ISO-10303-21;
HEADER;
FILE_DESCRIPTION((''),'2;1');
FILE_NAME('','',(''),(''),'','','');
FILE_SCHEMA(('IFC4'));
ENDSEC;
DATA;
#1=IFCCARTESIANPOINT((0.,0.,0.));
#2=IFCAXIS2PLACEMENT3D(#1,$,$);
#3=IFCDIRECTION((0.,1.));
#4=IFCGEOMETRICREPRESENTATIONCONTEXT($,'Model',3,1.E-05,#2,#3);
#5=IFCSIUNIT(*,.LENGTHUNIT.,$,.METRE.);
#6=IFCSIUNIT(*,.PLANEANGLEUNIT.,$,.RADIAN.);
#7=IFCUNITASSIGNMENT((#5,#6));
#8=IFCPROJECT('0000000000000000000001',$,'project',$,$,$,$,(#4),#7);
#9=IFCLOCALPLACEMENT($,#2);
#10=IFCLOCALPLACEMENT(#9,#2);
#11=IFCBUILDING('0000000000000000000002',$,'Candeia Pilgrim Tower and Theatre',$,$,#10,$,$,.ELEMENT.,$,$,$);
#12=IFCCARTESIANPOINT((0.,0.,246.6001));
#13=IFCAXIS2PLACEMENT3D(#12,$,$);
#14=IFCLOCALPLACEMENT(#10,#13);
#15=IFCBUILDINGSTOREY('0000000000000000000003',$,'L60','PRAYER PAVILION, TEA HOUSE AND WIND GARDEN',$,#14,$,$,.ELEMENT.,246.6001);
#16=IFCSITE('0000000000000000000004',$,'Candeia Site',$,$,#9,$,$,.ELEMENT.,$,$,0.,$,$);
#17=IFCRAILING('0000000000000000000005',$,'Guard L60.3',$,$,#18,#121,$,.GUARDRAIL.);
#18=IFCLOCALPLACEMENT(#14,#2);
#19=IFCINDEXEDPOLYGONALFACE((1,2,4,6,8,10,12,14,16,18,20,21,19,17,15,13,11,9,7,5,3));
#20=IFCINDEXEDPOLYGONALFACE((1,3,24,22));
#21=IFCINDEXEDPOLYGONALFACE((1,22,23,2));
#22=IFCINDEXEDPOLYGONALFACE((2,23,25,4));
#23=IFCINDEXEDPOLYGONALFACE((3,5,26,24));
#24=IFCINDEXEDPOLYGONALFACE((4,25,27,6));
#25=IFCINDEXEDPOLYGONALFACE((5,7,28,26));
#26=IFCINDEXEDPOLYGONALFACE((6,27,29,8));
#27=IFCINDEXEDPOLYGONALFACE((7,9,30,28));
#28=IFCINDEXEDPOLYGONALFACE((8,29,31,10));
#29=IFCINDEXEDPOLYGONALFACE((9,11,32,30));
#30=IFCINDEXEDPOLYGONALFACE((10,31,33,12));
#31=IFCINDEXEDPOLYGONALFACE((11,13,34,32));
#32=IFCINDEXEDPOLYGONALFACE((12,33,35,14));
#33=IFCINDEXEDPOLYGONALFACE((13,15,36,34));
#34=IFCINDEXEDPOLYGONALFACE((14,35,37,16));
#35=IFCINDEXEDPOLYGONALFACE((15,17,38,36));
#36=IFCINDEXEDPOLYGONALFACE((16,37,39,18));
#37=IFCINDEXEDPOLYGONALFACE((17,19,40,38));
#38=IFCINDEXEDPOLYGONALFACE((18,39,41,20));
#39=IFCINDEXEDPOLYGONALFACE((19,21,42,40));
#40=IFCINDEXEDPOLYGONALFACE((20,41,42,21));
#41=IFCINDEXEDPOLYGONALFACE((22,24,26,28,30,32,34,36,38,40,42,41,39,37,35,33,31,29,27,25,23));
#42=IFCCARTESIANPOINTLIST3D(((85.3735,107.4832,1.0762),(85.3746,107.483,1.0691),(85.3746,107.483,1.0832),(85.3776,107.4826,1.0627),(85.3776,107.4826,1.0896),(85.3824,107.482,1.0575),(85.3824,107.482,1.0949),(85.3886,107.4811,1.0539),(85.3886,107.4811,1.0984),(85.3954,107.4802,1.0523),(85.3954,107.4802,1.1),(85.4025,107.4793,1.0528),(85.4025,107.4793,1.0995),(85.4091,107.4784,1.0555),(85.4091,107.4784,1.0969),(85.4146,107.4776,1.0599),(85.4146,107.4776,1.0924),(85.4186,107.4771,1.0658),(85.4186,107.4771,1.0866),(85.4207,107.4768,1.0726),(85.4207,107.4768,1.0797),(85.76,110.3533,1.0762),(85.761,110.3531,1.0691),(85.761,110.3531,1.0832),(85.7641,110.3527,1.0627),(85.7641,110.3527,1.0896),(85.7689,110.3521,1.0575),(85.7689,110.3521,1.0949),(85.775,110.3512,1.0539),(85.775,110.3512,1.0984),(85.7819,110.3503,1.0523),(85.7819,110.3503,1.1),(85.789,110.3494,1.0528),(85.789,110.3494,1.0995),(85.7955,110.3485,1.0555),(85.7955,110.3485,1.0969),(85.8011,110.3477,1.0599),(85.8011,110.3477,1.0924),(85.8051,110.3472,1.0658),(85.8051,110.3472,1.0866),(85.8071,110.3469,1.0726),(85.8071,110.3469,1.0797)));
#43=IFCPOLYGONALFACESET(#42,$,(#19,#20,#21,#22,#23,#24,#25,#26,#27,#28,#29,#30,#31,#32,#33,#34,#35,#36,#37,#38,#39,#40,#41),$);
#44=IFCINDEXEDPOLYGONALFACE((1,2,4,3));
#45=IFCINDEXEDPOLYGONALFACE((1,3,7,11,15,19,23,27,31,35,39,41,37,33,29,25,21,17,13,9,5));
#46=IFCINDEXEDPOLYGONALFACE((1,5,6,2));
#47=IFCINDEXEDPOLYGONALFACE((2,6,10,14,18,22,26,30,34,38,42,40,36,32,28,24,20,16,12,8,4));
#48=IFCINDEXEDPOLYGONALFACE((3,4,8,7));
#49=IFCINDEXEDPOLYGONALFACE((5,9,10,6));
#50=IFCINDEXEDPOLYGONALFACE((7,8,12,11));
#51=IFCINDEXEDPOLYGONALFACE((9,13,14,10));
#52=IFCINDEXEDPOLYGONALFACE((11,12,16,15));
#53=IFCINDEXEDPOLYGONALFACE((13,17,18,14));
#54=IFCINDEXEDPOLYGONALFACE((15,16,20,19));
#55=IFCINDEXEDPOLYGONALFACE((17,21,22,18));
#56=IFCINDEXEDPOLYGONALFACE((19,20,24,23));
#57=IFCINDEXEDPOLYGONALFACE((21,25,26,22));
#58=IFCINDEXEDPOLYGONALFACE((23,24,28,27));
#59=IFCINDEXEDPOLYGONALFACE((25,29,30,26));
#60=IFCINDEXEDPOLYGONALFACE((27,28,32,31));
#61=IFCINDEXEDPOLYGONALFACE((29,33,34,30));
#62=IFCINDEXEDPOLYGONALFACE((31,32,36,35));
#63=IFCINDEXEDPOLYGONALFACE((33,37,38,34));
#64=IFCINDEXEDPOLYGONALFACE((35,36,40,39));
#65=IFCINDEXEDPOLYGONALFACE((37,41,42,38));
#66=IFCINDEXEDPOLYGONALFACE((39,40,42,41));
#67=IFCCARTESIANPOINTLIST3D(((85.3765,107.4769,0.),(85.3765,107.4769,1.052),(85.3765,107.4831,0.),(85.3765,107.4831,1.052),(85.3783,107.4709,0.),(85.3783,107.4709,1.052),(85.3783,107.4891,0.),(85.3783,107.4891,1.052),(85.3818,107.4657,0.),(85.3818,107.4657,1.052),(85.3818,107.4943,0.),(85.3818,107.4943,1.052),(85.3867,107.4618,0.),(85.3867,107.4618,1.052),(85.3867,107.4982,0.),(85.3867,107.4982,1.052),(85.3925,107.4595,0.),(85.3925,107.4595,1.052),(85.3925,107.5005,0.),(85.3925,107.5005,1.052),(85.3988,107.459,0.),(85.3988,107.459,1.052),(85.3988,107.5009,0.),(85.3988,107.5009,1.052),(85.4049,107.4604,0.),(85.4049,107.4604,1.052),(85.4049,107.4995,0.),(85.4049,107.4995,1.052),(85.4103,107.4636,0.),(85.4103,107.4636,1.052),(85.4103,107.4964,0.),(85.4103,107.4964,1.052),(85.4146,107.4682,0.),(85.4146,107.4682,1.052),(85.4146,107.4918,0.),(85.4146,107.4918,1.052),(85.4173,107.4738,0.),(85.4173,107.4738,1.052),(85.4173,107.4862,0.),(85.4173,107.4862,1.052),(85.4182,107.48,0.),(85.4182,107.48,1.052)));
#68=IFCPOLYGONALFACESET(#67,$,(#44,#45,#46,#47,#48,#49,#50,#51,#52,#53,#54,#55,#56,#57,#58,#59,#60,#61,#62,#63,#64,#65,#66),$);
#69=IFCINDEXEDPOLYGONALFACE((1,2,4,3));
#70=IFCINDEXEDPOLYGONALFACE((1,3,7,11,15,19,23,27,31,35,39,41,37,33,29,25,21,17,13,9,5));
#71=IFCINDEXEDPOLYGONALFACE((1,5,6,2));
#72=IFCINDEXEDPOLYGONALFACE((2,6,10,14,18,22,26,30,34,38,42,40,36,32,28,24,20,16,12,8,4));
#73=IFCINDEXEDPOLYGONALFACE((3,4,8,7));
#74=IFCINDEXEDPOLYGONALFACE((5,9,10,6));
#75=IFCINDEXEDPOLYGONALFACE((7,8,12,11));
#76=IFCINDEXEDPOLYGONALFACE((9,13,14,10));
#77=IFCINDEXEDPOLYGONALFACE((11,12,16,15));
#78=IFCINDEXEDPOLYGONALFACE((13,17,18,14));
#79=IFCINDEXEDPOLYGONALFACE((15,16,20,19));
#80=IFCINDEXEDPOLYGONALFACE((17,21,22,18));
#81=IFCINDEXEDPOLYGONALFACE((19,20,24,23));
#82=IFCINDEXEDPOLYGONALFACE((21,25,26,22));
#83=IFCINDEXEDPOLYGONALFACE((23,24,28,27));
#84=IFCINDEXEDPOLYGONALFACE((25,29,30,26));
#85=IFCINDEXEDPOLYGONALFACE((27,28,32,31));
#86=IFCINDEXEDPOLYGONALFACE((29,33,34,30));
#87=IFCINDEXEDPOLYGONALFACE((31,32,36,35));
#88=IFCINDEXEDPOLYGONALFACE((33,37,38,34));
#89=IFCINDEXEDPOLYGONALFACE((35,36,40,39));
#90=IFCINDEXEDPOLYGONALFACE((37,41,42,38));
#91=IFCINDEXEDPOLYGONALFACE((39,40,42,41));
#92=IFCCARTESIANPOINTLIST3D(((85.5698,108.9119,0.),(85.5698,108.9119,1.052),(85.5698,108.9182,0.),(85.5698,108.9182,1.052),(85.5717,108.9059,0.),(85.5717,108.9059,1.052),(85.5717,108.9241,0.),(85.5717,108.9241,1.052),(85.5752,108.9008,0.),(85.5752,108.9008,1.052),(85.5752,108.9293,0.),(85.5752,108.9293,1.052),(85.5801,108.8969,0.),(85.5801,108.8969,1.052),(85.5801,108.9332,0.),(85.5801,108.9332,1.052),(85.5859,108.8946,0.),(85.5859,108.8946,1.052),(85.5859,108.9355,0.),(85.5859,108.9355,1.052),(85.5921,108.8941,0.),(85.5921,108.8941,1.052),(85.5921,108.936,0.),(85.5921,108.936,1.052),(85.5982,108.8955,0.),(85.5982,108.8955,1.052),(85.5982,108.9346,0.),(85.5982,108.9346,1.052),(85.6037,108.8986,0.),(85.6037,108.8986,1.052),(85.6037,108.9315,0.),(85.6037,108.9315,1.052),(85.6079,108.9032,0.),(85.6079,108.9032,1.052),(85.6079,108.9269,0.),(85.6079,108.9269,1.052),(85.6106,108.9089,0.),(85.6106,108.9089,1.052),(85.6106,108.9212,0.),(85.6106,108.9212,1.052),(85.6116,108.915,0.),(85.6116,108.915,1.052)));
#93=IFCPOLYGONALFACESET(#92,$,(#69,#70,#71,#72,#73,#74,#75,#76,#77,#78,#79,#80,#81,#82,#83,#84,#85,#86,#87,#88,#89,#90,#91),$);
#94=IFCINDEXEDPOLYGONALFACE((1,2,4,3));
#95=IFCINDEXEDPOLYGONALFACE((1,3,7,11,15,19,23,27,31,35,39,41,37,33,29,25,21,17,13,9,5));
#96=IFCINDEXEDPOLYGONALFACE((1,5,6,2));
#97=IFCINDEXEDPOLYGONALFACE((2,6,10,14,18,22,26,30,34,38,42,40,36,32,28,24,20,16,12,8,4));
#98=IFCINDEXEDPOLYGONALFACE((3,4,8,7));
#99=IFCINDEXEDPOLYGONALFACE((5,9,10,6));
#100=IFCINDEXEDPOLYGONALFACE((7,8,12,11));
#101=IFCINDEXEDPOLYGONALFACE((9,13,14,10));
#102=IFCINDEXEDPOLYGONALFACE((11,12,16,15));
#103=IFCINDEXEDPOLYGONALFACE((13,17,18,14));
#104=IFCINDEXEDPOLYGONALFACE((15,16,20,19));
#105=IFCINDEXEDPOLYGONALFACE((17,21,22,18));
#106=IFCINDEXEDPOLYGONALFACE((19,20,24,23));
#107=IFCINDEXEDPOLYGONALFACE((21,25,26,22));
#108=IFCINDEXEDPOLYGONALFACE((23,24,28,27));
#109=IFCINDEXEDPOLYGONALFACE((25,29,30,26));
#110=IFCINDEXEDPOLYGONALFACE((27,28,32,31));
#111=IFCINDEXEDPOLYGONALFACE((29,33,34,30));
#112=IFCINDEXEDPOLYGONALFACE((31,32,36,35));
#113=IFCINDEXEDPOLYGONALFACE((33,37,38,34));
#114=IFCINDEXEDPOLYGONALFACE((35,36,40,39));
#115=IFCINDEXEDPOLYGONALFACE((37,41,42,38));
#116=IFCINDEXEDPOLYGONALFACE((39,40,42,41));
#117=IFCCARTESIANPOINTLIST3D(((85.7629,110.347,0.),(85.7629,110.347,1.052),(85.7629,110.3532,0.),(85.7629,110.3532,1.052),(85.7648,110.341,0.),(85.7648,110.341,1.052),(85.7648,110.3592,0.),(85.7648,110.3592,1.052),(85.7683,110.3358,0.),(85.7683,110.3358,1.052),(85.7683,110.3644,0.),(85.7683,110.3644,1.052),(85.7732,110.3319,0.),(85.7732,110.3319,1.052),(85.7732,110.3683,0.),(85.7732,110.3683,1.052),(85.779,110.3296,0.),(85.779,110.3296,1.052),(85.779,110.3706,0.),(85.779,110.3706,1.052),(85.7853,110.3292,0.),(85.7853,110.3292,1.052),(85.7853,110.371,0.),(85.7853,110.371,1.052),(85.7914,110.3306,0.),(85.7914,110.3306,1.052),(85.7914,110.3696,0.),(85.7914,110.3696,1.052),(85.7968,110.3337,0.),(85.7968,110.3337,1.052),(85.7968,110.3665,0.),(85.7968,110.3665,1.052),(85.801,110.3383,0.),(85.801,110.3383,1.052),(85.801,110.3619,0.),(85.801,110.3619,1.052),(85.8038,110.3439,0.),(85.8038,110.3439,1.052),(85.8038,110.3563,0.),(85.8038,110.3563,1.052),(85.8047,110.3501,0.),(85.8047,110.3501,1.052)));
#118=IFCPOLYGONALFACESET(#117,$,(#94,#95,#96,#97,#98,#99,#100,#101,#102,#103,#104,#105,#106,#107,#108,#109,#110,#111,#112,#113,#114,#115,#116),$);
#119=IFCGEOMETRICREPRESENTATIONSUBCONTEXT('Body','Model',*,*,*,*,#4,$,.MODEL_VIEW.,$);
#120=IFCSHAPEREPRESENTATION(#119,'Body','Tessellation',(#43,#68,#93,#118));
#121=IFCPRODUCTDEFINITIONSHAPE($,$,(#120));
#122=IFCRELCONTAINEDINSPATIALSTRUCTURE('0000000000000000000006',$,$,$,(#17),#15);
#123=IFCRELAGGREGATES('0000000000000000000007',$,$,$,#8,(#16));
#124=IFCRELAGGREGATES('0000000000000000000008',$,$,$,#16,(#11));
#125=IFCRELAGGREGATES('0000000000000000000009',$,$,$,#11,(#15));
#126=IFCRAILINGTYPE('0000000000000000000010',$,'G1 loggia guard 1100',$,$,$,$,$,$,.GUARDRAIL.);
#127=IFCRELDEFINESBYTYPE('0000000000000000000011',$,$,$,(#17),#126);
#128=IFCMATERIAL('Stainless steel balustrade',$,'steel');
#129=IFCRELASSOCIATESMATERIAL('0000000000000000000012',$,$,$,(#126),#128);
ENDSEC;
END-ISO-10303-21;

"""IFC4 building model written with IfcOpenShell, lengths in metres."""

from ifc_helpers import new_model, si_unit, direction, frame, origin, origin_2d, place, context, subcontext, project, spatial, circle, extrude, material, type_object, element, save


model = new_model("IFC4")

# Units and contexts
model_context = context("Model", 3, precision=1e-05, world=origin(), true_north=direction((0.0, 1.0)))
body_context = subcontext(model_context, "Body", "Model", "MODEL_VIEW")
ifc_project = project(units=[si_unit("LENGTHUNIT", "METRE"), si_unit("PLANEANGLEUNIT", "RADIAN")], contexts=[model_context])

# Site, building, storey
site_placement = place(None, origin())
site = spatial("IfcSite", under=ifc_project, at=site_placement, Name="Candeia Site", CompositionType="ELEMENT", RefElevation=0.0)
building_placement = place(site_placement, origin())
building = spatial("IfcBuilding", under=site, at=building_placement, Name="Candeia Pilgrim Tower and Theatre", CompositionType="ELEMENT")
storey_placement = place(building_placement, frame((0.0, 0.0, 246.6001)))
storey = spatial("IfcBuildingStorey", under=building, at=storey_placement, Name="L60", Description="PRAYER PAVILION, TEA HOUSE AND WIND GARDEN", CompositionType="ELEMENT", Elevation=246.6001)

# Railing
ifc_material_1 = material(Name="Stainless steel balustrade", Category="steel")
railing_type_1 = type_object("IfcRailingType", Name="G1 loggia guard 1100", PredefinedType="GUARDRAIL", material=ifc_material_1)
railing_placement = place(storey_placement, frame((85.3972, 107.48, 0.0)))
element("IfcRailing", 1, at=railing_placement, inside=storey, type_object=railing_type_1, Name="Guard L60.3", PredefinedType="GUARDRAIL", context=body_context, shape_type="SweptSolid", body=[
    extrude(circle(Radius=0.0239, at=origin_2d()), frame((0.0, 0.0, 1.0762), z_axis=(0.13345, 0.991056, 0.0), x_axis=(-0.991056, 0.13345, 0.0)), (0.0, 0.0, 1.0), 2.896),
    extrude(circle(Radius=0.021, at=origin_2d()), origin(), (0.0, 0.0, 1.0), 1.052),
    extrude(circle(Radius=0.021, at=origin_2d()), frame((0.1934, 1.4351, 0.0)), (0.0, 0.0, 1.0), 1.052),
    extrude(circle(Radius=0.021, at=origin_2d()), frame((0.3865, 2.8701, 0.0)), (0.0, 0.0, 1.0), 1.052),
])

save(model, "model.ifc")
